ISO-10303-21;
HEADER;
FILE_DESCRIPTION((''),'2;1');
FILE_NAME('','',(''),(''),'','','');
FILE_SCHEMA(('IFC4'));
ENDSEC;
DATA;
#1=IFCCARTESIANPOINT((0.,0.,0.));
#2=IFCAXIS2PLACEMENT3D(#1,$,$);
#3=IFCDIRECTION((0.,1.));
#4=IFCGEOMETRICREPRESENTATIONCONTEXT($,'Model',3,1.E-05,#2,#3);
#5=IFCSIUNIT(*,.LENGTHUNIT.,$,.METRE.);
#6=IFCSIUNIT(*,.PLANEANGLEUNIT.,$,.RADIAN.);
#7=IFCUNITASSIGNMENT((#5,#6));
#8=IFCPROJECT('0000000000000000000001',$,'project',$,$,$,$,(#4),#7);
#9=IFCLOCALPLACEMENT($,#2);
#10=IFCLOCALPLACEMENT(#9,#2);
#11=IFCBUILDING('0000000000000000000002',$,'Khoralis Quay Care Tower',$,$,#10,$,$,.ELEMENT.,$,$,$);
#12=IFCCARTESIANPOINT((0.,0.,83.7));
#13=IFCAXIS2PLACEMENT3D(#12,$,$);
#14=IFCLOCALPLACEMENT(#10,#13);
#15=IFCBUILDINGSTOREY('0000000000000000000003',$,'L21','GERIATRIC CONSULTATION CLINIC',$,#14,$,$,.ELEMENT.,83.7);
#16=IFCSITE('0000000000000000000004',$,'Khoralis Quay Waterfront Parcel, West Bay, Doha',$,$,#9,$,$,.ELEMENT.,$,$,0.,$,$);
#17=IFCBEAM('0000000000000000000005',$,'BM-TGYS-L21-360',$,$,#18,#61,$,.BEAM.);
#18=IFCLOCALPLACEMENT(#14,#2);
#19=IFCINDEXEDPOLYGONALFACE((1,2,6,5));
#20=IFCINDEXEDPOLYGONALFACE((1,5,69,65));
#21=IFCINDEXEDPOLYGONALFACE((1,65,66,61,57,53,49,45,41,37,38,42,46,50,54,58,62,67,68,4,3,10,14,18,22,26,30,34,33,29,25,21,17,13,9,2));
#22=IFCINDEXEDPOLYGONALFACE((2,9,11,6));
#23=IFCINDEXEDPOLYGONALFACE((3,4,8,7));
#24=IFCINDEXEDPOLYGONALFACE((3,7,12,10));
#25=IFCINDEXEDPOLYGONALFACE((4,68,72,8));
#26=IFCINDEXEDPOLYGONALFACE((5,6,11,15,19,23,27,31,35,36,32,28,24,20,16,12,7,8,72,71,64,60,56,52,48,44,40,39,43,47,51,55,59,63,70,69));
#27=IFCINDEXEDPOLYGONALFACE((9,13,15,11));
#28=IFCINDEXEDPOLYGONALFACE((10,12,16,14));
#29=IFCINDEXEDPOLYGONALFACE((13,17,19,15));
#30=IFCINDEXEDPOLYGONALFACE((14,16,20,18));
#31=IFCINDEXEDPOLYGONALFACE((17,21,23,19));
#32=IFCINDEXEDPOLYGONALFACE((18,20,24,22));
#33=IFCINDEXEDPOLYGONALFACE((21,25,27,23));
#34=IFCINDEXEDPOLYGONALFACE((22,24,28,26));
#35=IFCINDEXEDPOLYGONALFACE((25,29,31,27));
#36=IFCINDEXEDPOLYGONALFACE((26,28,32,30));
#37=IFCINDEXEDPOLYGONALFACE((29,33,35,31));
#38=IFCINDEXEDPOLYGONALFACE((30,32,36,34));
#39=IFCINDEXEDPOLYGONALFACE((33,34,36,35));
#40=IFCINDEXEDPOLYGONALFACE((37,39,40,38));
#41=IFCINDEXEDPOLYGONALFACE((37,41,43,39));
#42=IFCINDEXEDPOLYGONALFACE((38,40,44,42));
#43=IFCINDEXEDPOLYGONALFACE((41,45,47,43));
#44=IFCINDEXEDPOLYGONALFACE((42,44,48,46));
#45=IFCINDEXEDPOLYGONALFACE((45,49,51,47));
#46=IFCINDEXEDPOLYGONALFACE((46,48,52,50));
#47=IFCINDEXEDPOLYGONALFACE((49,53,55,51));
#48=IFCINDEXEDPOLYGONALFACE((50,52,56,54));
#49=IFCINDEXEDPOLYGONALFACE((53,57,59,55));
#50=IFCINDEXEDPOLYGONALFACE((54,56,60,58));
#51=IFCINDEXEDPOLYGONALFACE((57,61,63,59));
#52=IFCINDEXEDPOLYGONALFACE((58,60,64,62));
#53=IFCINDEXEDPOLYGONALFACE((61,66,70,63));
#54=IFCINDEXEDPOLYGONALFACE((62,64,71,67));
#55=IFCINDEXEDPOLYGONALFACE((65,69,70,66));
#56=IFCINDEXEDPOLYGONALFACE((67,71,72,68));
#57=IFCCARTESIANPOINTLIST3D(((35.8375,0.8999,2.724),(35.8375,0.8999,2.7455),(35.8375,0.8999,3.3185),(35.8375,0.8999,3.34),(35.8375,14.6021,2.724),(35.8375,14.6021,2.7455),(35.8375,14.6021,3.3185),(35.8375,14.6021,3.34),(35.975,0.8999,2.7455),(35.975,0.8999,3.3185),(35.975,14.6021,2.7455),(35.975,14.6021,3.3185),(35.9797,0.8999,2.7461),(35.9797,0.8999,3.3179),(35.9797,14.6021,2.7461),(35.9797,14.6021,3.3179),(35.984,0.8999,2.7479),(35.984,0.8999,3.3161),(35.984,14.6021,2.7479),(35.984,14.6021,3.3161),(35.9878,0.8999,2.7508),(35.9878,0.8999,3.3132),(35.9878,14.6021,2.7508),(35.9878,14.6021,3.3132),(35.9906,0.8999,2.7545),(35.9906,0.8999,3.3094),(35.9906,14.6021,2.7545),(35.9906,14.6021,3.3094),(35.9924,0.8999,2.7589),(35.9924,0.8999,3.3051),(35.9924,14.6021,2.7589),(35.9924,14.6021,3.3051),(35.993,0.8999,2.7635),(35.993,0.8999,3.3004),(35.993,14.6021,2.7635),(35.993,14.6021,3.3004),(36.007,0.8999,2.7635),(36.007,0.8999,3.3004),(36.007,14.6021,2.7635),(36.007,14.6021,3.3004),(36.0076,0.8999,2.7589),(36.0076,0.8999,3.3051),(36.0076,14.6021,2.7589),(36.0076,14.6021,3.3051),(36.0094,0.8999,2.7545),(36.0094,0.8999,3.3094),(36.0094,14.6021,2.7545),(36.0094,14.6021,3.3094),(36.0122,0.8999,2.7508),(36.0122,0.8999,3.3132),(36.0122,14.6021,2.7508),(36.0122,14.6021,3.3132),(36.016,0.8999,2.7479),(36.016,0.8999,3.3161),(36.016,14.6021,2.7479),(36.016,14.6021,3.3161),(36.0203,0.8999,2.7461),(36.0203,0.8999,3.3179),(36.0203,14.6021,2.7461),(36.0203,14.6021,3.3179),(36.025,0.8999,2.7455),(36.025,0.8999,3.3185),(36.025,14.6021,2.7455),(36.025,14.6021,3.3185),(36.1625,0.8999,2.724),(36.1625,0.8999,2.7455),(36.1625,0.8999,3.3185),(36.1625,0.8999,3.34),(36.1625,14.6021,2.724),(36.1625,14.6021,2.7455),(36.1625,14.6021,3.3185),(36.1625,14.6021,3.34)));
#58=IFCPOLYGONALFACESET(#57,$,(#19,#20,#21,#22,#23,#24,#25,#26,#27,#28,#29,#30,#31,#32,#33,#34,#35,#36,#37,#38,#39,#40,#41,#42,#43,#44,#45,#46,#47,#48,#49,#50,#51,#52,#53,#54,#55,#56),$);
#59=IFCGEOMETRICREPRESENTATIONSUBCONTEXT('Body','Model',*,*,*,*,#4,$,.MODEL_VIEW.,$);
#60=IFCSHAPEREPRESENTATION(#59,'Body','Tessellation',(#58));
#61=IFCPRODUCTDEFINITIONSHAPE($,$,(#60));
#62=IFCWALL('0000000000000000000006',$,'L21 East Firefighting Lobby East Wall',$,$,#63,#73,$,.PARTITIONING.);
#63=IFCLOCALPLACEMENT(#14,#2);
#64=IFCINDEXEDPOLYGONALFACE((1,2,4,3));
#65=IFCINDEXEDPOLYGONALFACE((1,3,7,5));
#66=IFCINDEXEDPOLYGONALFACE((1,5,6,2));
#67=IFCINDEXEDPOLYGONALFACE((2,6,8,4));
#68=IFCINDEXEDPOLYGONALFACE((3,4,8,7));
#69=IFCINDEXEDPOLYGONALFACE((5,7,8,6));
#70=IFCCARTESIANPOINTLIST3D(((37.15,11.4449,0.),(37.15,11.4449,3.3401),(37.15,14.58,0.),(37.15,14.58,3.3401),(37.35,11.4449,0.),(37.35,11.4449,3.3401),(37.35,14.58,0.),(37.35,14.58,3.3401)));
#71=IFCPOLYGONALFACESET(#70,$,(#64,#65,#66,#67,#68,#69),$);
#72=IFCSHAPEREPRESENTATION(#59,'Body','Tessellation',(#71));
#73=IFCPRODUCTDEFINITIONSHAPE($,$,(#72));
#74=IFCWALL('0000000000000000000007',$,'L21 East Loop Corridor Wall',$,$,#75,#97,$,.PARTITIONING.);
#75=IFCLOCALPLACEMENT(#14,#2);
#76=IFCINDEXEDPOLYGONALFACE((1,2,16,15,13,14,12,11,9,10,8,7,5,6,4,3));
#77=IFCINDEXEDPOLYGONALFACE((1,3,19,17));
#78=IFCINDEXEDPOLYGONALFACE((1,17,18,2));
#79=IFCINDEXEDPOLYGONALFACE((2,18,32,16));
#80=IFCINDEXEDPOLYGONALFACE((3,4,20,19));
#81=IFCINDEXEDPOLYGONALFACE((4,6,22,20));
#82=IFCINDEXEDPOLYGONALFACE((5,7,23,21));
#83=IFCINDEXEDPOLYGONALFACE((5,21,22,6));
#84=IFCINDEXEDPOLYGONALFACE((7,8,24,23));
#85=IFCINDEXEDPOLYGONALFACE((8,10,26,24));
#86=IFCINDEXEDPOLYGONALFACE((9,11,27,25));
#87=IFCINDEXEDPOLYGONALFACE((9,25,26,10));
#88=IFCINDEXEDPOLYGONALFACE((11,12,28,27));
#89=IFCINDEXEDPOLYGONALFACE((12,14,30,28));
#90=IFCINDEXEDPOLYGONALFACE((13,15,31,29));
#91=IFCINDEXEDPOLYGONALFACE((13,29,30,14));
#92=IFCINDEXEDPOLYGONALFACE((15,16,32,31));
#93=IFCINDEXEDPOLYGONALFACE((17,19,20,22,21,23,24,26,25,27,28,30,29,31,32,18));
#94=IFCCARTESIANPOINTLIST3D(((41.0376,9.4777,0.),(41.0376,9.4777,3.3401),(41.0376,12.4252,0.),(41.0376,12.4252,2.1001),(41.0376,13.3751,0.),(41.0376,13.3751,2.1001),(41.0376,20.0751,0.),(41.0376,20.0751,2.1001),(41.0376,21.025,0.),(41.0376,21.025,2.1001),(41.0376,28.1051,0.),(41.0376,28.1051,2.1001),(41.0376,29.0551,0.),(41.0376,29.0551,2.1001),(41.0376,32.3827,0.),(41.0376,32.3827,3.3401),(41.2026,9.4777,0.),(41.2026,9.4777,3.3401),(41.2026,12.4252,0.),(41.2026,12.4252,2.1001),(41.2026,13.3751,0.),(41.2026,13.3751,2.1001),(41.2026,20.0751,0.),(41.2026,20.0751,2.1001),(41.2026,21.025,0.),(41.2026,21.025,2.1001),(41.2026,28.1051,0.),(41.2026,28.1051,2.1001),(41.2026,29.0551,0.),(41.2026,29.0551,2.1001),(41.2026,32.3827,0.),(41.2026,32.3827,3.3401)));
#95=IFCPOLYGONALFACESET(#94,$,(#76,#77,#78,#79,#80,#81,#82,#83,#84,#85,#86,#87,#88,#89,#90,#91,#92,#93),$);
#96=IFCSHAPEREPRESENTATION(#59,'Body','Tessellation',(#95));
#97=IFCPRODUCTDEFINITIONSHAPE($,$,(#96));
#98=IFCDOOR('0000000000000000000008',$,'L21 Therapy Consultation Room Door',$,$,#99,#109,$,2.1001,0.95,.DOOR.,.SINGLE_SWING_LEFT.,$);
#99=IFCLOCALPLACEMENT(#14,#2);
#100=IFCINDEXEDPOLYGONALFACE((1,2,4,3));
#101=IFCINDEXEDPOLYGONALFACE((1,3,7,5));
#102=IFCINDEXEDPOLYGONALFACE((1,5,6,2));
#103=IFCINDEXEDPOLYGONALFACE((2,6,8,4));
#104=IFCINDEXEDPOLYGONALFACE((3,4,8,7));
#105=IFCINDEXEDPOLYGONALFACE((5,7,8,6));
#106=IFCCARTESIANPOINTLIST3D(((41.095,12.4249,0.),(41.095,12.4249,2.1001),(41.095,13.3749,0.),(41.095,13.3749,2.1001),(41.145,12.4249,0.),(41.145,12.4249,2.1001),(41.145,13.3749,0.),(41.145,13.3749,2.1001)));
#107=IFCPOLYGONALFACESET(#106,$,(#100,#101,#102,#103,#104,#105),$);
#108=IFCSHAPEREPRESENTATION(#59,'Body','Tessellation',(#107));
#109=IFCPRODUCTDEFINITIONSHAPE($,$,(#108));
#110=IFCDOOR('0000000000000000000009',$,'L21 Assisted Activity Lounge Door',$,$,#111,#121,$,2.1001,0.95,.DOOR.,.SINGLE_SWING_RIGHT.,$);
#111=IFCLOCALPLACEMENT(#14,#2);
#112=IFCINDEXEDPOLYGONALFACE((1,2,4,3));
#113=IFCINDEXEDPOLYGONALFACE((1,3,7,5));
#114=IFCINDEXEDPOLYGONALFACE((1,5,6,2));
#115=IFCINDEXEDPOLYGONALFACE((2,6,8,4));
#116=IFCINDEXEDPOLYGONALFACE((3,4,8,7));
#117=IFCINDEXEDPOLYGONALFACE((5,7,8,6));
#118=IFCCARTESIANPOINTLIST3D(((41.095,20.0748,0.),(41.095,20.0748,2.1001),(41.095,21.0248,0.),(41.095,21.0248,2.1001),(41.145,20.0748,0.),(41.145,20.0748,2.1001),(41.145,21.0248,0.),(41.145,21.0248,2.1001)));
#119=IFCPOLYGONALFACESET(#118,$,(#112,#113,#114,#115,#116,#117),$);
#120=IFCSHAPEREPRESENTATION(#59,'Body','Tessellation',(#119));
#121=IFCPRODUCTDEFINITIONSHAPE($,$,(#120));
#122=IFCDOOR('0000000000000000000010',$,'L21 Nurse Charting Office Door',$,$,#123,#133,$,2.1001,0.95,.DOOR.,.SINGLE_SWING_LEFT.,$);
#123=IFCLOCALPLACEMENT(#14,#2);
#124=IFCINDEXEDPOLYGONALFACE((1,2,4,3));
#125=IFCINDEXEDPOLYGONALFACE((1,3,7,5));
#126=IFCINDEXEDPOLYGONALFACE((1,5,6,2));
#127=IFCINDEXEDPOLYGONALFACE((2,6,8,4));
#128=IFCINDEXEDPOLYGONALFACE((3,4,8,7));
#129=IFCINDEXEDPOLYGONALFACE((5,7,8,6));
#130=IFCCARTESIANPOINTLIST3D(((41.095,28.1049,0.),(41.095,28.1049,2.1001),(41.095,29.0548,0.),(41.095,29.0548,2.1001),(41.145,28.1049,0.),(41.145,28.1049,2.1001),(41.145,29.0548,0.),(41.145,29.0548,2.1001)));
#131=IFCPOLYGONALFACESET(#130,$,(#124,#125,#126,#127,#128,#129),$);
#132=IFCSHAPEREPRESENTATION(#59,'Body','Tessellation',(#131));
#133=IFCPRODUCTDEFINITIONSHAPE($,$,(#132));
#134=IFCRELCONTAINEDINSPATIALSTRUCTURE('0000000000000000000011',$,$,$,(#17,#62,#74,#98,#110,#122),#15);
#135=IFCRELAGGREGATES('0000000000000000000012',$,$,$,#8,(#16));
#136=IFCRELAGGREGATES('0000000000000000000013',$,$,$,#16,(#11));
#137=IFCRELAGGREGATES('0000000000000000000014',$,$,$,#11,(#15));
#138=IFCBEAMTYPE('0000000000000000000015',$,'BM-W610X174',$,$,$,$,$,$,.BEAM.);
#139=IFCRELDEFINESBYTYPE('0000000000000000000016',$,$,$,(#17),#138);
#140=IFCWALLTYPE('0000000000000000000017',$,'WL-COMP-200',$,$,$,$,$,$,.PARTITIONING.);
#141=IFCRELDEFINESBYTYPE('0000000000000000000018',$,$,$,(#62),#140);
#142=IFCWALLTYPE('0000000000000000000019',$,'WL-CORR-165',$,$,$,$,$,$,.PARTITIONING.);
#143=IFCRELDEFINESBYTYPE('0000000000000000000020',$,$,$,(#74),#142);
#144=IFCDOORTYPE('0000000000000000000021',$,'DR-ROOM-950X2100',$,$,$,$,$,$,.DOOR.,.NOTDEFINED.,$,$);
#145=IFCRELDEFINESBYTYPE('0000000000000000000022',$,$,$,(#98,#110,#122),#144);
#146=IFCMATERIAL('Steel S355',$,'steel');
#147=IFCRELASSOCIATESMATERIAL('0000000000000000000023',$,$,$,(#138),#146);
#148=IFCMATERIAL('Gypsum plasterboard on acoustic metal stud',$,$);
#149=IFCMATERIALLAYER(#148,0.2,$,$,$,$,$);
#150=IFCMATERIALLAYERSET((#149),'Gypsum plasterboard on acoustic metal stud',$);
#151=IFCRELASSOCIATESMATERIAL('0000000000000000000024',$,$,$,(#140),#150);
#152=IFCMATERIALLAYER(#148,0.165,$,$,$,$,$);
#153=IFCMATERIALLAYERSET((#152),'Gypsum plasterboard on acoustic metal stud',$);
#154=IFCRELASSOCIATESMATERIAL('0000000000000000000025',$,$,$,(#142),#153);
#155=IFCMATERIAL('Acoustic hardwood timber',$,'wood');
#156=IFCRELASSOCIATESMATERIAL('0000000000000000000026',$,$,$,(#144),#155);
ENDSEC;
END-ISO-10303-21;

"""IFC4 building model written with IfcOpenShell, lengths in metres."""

from ifc_helpers import new_model, si_unit, direction, frame, frame_2d, origin, origin_2d, place, context, subcontext, project, spatial, rectangle, i_section, extrude, source, transform, mapped, material, layer, layer_set, material_profile, profile_set, type_object, element, fill, save


model = new_model("IFC4")

# Units and contexts
model_context = context("Model", 3, precision=1e-05, world=origin(), true_north=direction((0.0, 1.0)))
body_context = subcontext(model_context, "Body", "Model", "MODEL_VIEW")
ifc_project = project(units=[si_unit("LENGTHUNIT", "METRE"), si_unit("PLANEANGLEUNIT", "RADIAN")], contexts=[model_context])

# Site, building, storey
site_placement = place(None, origin())
site = spatial("IfcSite", under=ifc_project, at=site_placement, Name="Khoralis Quay Waterfront Parcel, West Bay, Doha", CompositionType="ELEMENT", RefElevation=0.0)
building_placement = place(site_placement, origin())
building = spatial("IfcBuilding", under=site, at=building_placement, Name="Khoralis Quay Care Tower", CompositionType="ELEMENT")
storey_placement = place(building_placement, frame((0.0, 0.0, 83.7)))
storey = spatial("IfcBuildingStorey", under=building, at=storey_placement, Name="L21", Description="GERIATRIC CONSULTATION CLINIC", CompositionType="ELEMENT", Elevation=83.7)

# Beam
ifc_material_1 = material(Name="Steel S355", Category="steel")
ifc_material_profile_1 = material_profile(ifc_material_1, i_section(OverallWidth=0.325, OverallDepth=0.616, WebThickness=0.0139, FlangeThickness=0.0215, FilletRadius=0.0181, at=origin_2d()), Name="Steel S355")
ifc_profile_set_1 = profile_set([ifc_material_profile_1], Name="Steel S355")
beam_type_1 = type_object("IfcBeamType", Name="BM-W610X174", PredefinedType="BEAM", material=ifc_profile_set_1)
shared_shape_1 = source(origin(), body_context, "Body", "SweptSolid", [
    extrude(i_section(OverallWidth=0.325, OverallDepth=0.616, WebThickness=0.0139, FlangeThickness=0.0215, FilletRadius=0.0181, at=origin_2d()), origin(), (0.0, 0.0, 1.0), 13.7021),
])
beam_1_placement = place(storey_placement, frame((36.0, 0.8999, 3.032), z_axis=(0.0, 1.0, 0.0), x_axis=(-1.0, 0.0, 0.0)))
element("IfcBeam", 1, at=beam_1_placement, inside=storey, type_object=beam_type_1, Name="BM-TGYS-L21-360", PredefinedType="BEAM", context=body_context, shape_type="MappedRepresentation", body=[
    mapped(shared_shape_1, transform((0.0, 0.0, 0.0), scale=1.0)),
])

# Wall
ifc_material_2 = material(Name="Gypsum plasterboard on acoustic metal stud")
ifc_layer_1 = layer(ifc_material_2, 0.2)
ifc_layer_set_1 = layer_set([ifc_layer_1], Name="Gypsum plasterboard on acoustic metal stud")
wall_type_1 = type_object("IfcWallType", Name="WL-COMP-200", PredefinedType="PARTITIONING", material=ifc_layer_set_1)
wall_1_placement = place(storey_placement, frame((37.25, 11.4451, 0.0), z_axis=(0.0, 0.0, 1.0), x_axis=(0.0, 1.0, 0.0)))
element("IfcWall", 2, at=wall_1_placement, inside=storey, type_object=wall_type_1, Name="L21 East Firefighting Lobby East Wall", PredefinedType="PARTITIONING", context=body_context, shape_type="SweptSolid", body=[
    extrude(rectangle(XDim=3.135, YDim=0.2, at=frame_2d((1.5674, 0.0))), origin(), (0.0, 0.0, 1.0), 3.3401),
])

# Wall, openings, doors
ifc_layer_2 = layer(ifc_material_2, 0.165)
ifc_layer_set_2 = layer_set([ifc_layer_2], Name="Gypsum plasterboard on acoustic metal stud")
wall_type_2 = type_object("IfcWallType", Name="WL-CORR-165", PredefinedType="PARTITIONING", material=ifc_layer_set_2)
wall_2_placement = place(storey_placement, frame((41.1201, 9.4775, 0.0), z_axis=(0.0, 0.0, 1.0), x_axis=(0.0, 1.0, 0.0)))
wall_2 = element("IfcWall", 3, at=wall_2_placement, inside=storey, type_object=wall_type_2, Name="L21 East Loop Corridor Wall", PredefinedType="PARTITIONING", context=body_context, shape_type="SweptSolid", body=[
    extrude(rectangle(XDim=22.905, YDim=0.165, at=frame_2d((11.4526, 0.0))), origin(), (0.0, 0.0, 1.0), 3.3401),
])
opening_1_placement = place(wall_2_placement, frame((2.9475, 0.0, 0.0)))
opening_1 = element("IfcOpeningElement", 4, at=opening_1_placement, cuts=wall_2, PredefinedType="OPENING", context=body_context, shape_type="SweptSolid", body=[
    extrude(rectangle(XDim=0.95, YDim=2.1001, at=frame_2d((0.4751, 1.05))), frame((0.0, 0.0925, 0.0), z_axis=(0.0, -1.0, 0.0), x_axis=(1.0, 0.0, 0.0)), (0.0, 0.0, 1.0), 0.1851),
])
opening_2_placement = place(wall_2_placement, frame((10.5974, 0.0, 0.0)))
opening_2 = element("IfcOpeningElement", 5, at=opening_2_placement, cuts=wall_2, PredefinedType="OPENING", context=body_context, shape_type="SweptSolid", body=[
    extrude(rectangle(XDim=0.95, YDim=2.1001, at=frame_2d((0.4751, 1.05))), frame((0.0, 0.0925, 0.0), z_axis=(0.0, -1.0, 0.0), x_axis=(1.0, 0.0, 0.0)), (0.0, 0.0, 1.0), 0.1851),
])
opening_3_placement = place(wall_2_placement, frame((18.6274, 0.0, 0.0)))
opening_3 = element("IfcOpeningElement", 6, at=opening_3_placement, cuts=wall_2, PredefinedType="OPENING", context=body_context, shape_type="SweptSolid", body=[
    extrude(rectangle(XDim=0.95, YDim=2.1001, at=frame_2d((0.4751, 1.05))), frame((0.0, 0.0925, 0.0), z_axis=(0.0, -1.0, 0.0), x_axis=(1.0, 0.0, 0.0)), (0.0, 0.0, 1.0), 0.1851),
])
ifc_material_3 = material(Name="Acoustic hardwood timber", Category="wood")
door_type = type_object("IfcDoorType", Name="DR-ROOM-950X2100", OperationType="NOTDEFINED", PredefinedType="DOOR", material=ifc_material_3)
shared_shape_2 = source(origin(), body_context, "Body", "SweptSolid", [
    extrude(rectangle(XDim=0.95, YDim=2.1001, at=frame_2d((0.4751, 1.05))), frame((0.0, 0.0249, 0.0), z_axis=(0.0, -1.0, 0.0), x_axis=(1.0, 0.0, 0.0)), (0.0, 0.0, 1.0), 0.05),
])
door_1_placement = place(opening_1_placement, frame((0.95, 0.0, 0.0), z_axis=(0.0, 0.0, 1.0), x_axis=(-1.0, 0.0, 0.0)))
door_1 = element("IfcDoor", 7, at=door_1_placement, inside=storey, type_object=door_type, Name="L21 Therapy Consultation Room Door", OperationType="SINGLE_SWING_LEFT", OverallHeight=2.1001, OverallWidth=0.95, PredefinedType="DOOR", context=body_context, shape_type="MappedRepresentation", body=[
    mapped(shared_shape_2, transform((0.0, 0.0, 0.0), scale=1.0)),
])
fill(opening_1, door_1)
door_2_placement = place(opening_2_placement, frame((0.95, 0.0, 0.0), z_axis=(0.0, 0.0, 1.0), x_axis=(-1.0, 0.0, 0.0)))
door_2 = element("IfcDoor", 8, at=door_2_placement, inside=storey, type_object=door_type, Name="L21 Assisted Activity Lounge Door", OperationType="SINGLE_SWING_RIGHT", OverallHeight=2.1001, OverallWidth=0.95, PredefinedType="DOOR", context=body_context, shape_type="MappedRepresentation", body=[
    mapped(shared_shape_2, transform((0.0, 0.0, 0.0), scale=1.0)),
])
fill(opening_2, door_2)
door_3_placement = place(opening_3_placement, frame((0.95, 0.0, 0.0), z_axis=(0.0, 0.0, 1.0), x_axis=(-1.0, 0.0, 0.0)))
door_3 = element("IfcDoor", 9, at=door_3_placement, inside=storey, type_object=door_type, Name="L21 Nurse Charting Office Door", OperationType="SINGLE_SWING_LEFT", OverallHeight=2.1001, OverallWidth=0.95, PredefinedType="DOOR", context=body_context, shape_type="MappedRepresentation", body=[
    mapped(shared_shape_2, transform((0.0, 0.0, 0.0), scale=1.0)),
])
fill(opening_3, door_3)

save(model, "model.ifc")
